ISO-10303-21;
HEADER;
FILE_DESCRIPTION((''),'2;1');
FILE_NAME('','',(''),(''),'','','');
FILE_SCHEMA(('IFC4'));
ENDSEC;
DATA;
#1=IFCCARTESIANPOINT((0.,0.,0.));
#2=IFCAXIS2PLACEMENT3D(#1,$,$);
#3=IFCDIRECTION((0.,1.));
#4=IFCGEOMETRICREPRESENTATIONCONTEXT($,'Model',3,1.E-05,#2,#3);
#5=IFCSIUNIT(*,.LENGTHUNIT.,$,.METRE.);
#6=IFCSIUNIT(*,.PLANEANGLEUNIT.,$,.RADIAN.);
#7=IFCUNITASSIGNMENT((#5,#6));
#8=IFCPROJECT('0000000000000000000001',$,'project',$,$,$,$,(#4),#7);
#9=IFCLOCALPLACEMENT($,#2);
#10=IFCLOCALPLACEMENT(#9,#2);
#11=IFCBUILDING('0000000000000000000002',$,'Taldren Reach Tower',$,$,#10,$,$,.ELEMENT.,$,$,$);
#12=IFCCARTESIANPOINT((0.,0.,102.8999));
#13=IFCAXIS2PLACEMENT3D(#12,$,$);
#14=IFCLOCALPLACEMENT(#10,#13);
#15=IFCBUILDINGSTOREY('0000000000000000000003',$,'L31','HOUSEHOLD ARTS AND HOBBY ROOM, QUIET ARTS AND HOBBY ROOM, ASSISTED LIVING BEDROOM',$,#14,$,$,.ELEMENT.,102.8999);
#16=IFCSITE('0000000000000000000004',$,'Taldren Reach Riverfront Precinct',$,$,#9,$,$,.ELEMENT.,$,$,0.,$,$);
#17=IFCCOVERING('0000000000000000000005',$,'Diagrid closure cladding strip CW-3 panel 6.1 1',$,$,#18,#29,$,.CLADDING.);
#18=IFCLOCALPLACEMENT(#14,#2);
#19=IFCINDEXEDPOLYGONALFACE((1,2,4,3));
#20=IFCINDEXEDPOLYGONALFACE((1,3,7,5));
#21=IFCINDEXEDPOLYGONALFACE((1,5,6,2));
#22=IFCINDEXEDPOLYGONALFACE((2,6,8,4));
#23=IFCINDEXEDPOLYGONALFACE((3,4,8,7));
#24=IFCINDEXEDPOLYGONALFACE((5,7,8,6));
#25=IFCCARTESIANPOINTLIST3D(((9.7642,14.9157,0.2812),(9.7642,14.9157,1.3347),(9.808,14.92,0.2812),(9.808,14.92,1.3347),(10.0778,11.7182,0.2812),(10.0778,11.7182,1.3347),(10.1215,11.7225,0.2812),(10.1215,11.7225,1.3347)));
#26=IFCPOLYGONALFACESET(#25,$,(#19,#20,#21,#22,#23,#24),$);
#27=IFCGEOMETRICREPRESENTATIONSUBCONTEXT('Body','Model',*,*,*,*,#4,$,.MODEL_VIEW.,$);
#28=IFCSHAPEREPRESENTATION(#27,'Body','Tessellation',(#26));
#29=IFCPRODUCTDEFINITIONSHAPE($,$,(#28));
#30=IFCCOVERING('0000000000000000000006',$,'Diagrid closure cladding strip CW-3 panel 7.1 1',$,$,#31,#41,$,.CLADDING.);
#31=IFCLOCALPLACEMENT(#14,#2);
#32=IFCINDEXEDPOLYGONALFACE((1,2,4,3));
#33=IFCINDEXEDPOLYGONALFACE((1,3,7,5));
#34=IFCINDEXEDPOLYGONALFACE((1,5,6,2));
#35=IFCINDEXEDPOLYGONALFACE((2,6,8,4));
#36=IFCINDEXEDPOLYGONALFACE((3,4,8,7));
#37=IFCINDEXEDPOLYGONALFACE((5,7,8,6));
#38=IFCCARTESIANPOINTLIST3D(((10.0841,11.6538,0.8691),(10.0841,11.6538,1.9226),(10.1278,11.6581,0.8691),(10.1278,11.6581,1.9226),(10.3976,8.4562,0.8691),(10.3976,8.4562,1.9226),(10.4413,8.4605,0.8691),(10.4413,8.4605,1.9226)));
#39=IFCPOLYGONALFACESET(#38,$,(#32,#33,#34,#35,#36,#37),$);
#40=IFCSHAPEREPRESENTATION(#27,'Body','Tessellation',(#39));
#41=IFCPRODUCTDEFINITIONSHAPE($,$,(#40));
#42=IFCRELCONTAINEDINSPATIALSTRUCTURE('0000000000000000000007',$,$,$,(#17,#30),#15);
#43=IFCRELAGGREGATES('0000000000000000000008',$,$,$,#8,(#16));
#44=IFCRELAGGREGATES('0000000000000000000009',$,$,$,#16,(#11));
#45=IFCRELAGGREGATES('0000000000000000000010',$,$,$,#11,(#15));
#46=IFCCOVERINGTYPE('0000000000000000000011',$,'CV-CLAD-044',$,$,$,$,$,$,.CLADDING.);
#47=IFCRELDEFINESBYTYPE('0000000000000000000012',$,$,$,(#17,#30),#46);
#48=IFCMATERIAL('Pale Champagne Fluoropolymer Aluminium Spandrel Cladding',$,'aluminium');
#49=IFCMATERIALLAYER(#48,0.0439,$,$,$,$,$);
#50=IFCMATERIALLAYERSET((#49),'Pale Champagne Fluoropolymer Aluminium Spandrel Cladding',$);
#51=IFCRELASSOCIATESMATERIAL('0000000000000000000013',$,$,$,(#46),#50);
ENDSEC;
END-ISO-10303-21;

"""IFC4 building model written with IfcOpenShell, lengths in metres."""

from ifc_helpers import new_model, si_unit, direction, frame, origin, origin_2d, place, context, subcontext, project, spatial, rectangle, extrude, source, transform, mapped, material, layer, layer_set, type_object, element, save


model = new_model("IFC4")

# Units and contexts
model_context = context("Model", 3, precision=1e-05, world=origin(), true_north=direction((0.0, 1.0)))
body_context = subcontext(model_context, "Body", "Model", "MODEL_VIEW")
ifc_project = project(units=[si_unit("LENGTHUNIT", "METRE"), si_unit("PLANEANGLEUNIT", "RADIAN")], contexts=[model_context])

# Site, building, storey
site_placement = place(None, origin())
site = spatial("IfcSite", under=ifc_project, at=site_placement, Name="Taldren Reach Riverfront Precinct", CompositionType="ELEMENT", RefElevation=0.0)
building_placement = place(site_placement, origin())
building = spatial("IfcBuilding", under=site, at=building_placement, Name="Taldren Reach Tower", CompositionType="ELEMENT")
storey_placement = place(building_placement, frame((0.0, 0.0, 102.8999)))
storey = spatial("IfcBuildingStorey", under=building, at=storey_placement, Name="L31", Description="HOUSEHOLD ARTS AND HOBBY ROOM, QUIET ARTS AND HOBBY ROOM, ASSISTED LIVING BEDROOM", CompositionType="ELEMENT", Elevation=102.8999)

# Coverings
ifc_material_1 = material(Name="Pale Champagne Fluoropolymer Aluminium Spandrel Cladding", Category="aluminium")
ifc_layer_1 = layer(ifc_material_1, 0.0439)
ifc_layer_set_1 = layer_set([ifc_layer_1], Name="Pale Champagne Fluoropolymer Aluminium Spandrel Cladding")
covering_type = type_object("IfcCoveringType", Name="CV-CLAD-044", PredefinedType="CLADDING", material=ifc_layer_set_1)
shared_shape_1 = source(origin(), body_context, "Body", "SweptSolid", [
    extrude(rectangle(XDim=3.2129, YDim=0.0439, at=origin_2d()), origin(), (0.0, 0.0, 1.0), 1.0535),
])
for number, where, z_axis, x_axis, name in (
    (1, (9.9429, 13.3191, 0.2812), (0.0, 0.0, 1.0), (0.097583, -0.995227, 0.0), "Diagrid closure cladding strip CW-3 panel 6.1 1"),
    (2, (10.2627, 10.0571, 0.8691), (0.0, 0.0, 1.0), (0.097583, -0.995227, 0.0), "Diagrid closure cladding strip CW-3 panel 7.1 1"),
):
    element("IfcCovering", number, at=place(storey_placement, frame(where, z_axis=z_axis, x_axis=x_axis)), inside=storey, type_object=covering_type, Name=name, PredefinedType="CLADDING", context=body_context, shape_type="MappedRepresentation", body=[
        mapped(shared_shape_1, transform((0.0, 0.0, 0.0), scale=1.0)),
    ])

save(model, "model.ifc")
